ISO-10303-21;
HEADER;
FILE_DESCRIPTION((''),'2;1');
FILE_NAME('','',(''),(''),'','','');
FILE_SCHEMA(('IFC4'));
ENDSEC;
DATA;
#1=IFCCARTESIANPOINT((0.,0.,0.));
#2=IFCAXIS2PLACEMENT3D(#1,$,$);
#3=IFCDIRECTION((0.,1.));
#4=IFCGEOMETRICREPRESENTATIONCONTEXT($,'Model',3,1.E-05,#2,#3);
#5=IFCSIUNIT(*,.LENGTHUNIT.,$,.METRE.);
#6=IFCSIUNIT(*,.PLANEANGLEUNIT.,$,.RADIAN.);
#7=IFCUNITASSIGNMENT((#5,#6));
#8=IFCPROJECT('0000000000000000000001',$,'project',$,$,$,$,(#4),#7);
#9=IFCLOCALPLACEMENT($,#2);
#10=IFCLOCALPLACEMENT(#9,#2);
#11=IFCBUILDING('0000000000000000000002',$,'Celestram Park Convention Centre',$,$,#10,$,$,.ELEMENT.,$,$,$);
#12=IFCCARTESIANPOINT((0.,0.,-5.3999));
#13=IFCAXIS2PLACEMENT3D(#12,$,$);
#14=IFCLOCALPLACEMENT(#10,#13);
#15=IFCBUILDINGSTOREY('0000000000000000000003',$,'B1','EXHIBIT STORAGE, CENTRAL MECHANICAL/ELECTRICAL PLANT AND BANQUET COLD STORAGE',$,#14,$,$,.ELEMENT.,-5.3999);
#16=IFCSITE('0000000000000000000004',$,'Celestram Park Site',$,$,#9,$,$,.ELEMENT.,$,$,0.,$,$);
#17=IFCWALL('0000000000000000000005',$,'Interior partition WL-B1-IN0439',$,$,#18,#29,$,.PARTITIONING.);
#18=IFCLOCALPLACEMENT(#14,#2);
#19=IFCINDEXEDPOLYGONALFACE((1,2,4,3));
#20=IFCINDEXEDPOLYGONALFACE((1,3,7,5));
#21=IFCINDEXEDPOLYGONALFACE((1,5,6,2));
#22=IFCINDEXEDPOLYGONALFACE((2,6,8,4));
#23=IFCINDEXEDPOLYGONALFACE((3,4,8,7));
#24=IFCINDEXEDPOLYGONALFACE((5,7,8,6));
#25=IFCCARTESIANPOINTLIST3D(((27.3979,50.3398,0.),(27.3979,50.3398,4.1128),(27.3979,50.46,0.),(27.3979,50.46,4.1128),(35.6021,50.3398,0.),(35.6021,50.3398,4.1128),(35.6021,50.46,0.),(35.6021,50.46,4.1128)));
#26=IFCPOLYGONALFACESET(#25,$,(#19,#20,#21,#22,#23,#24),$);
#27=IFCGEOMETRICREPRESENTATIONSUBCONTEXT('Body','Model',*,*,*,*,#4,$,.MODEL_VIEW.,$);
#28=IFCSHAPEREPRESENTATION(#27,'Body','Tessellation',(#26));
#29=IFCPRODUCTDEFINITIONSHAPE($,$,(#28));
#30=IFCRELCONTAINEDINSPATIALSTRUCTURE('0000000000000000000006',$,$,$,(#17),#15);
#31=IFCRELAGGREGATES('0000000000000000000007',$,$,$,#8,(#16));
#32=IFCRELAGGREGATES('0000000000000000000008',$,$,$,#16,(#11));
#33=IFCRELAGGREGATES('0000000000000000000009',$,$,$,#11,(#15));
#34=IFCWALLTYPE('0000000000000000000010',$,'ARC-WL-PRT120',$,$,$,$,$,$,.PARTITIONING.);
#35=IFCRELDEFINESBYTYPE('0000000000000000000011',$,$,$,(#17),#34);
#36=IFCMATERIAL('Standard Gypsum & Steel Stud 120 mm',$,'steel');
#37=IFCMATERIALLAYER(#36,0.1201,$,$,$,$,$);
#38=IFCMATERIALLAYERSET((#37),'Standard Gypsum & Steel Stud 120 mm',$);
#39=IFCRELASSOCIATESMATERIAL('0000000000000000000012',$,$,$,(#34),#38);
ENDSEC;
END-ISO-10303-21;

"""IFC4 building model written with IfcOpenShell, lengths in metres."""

from ifc_helpers import new_model, si_unit, direction, frame, frame_2d, origin, place, context, subcontext, project, spatial, rectangle, extrude, material, layer, layer_set, type_object, element, save


model = new_model("IFC4")

# Units and contexts
model_context = context("Model", 3, precision=1e-05, world=origin(), true_north=direction((0.0, 1.0)))
body_context = subcontext(model_context, "Body", "Model", "MODEL_VIEW")
ifc_project = project(units=[si_unit("LENGTHUNIT", "METRE"), si_unit("PLANEANGLEUNIT", "RADIAN")], contexts=[model_context])

# Site, building, storey
site_placement = place(None, origin())
site = spatial("IfcSite", under=ifc_project, at=site_placement, Name="Celestram Park Site", CompositionType="ELEMENT", RefElevation=0.0)
building_placement = place(site_placement, origin())
building = spatial("IfcBuilding", under=site, at=building_placement, Name="Celestram Park Convention Centre", CompositionType="ELEMENT")
storey_placement = place(building_placement, frame((0.0, 0.0, -5.3999)))
storey = spatial("IfcBuildingStorey", under=building, at=storey_placement, Name="B1", Description="EXHIBIT STORAGE, CENTRAL MECHANICAL/ELECTRICAL PLANT AND BANQUET COLD STORAGE", CompositionType="ELEMENT", Elevation=-5.3999)

# Wall
ifc_material_1 = material(Name="Standard Gypsum & Steel Stud 120 mm", Category="steel")
ifc_layer = layer(ifc_material_1, 0.1201)
ifc_layer_set = layer_set([ifc_layer], Name="Standard Gypsum & Steel Stud 120 mm")
wall_type = type_object("IfcWallType", Name="ARC-WL-PRT120", PredefinedType="PARTITIONING", material=ifc_layer_set)
wall_placement = place(storey_placement, frame((27.3979, 50.3999, 0.0), z_axis=(0.0, 0.0, 1.0), x_axis=(1.0, 0.0, 0.0)))
element("IfcWall", 1, at=wall_placement, inside=storey, type_object=wall_type, Name="Interior partition WL-B1-IN0439", PredefinedType="PARTITIONING", context=body_context, shape_type="SweptSolid", body=[
    extrude(rectangle(XDim=8.2041, YDim=0.1201, at=frame_2d((4.1021, 0.0))), origin(), (0.0, 0.0, 1.0), 4.1128),
])

save(model, "model.ifc")
